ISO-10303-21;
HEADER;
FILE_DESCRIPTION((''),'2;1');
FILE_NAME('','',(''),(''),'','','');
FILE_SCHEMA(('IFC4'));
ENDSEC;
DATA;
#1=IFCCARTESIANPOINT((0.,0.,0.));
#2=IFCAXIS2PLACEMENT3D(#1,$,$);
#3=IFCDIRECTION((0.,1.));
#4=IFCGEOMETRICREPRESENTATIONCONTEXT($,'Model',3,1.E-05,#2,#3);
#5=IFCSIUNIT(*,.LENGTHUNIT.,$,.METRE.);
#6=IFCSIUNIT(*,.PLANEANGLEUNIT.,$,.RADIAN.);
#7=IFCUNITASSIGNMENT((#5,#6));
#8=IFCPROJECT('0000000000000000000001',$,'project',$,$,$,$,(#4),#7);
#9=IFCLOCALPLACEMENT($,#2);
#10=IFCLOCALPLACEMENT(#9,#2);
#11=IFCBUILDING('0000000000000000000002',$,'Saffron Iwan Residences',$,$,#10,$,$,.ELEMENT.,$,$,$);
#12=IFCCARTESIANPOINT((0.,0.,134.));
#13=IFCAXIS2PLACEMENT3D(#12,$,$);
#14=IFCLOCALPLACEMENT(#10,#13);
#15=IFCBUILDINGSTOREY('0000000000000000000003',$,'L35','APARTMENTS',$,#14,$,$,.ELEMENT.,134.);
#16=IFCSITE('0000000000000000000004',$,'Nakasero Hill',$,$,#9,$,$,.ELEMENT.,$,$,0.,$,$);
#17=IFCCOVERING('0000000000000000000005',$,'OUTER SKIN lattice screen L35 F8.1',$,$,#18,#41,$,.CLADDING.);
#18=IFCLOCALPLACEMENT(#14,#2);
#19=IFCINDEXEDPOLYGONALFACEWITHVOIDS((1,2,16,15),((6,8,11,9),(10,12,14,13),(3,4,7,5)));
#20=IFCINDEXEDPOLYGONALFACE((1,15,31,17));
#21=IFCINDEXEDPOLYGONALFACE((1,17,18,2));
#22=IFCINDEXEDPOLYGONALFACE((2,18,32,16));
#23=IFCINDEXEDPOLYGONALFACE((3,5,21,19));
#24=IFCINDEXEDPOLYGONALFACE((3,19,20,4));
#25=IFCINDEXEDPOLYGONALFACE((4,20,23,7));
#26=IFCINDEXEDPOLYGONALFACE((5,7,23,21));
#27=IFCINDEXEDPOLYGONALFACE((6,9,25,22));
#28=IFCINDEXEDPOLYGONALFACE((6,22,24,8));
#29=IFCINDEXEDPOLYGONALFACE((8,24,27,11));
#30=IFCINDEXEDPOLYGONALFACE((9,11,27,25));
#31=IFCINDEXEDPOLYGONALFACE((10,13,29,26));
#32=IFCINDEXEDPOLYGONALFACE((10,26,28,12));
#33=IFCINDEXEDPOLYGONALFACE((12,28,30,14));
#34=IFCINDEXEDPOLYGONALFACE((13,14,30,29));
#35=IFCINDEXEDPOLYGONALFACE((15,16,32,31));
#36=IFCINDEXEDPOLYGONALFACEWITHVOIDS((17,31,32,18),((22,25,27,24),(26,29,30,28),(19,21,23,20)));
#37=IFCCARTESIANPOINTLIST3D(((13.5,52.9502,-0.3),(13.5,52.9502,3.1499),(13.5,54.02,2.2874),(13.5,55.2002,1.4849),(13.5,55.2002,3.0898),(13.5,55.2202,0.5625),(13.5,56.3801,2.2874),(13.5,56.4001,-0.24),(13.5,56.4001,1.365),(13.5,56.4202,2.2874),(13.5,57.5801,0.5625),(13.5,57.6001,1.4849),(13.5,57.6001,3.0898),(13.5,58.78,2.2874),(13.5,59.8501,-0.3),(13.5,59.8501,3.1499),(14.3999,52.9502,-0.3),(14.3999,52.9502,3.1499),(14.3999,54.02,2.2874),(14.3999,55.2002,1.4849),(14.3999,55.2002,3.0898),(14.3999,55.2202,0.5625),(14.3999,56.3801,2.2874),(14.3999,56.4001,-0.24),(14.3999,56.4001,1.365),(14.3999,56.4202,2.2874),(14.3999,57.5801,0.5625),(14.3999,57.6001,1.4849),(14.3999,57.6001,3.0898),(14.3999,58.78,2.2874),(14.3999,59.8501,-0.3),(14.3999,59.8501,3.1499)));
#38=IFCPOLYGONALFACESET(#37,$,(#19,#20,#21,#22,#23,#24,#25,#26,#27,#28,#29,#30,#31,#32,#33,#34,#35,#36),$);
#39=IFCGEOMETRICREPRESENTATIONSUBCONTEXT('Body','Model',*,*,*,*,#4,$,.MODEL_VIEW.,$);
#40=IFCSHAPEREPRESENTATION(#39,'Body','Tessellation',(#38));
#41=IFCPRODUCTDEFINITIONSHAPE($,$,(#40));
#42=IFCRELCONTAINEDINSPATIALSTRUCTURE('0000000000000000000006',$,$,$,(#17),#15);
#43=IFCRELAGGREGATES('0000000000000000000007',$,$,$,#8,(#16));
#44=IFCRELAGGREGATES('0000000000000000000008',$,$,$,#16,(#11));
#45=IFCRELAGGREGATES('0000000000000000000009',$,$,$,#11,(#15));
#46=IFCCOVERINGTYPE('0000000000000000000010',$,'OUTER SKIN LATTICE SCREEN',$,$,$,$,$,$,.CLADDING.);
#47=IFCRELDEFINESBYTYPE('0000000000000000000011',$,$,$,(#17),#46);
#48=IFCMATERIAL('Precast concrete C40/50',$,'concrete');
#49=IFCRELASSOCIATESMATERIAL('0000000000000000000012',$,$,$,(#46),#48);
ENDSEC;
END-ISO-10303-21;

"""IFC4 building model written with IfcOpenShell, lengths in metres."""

from ifc_helpers import new_model, si_unit, direction, frame, origin, place, context, subcontext, project, spatial, polyline, outline, extrude, material, type_object, element, save


model = new_model("IFC4")

# Units and contexts
model_context = context("Model", 3, precision=1e-05, world=origin(), true_north=direction((0.0, 1.0)))
body_context = subcontext(model_context, "Body", "Model", "MODEL_VIEW")
ifc_project = project(units=[si_unit("LENGTHUNIT", "METRE"), si_unit("PLANEANGLEUNIT", "RADIAN")], contexts=[model_context])

# Site, building, storey
site_placement = place(None, origin())
site = spatial("IfcSite", under=ifc_project, at=site_placement, Name="Nakasero Hill", CompositionType="ELEMENT", RefElevation=0.0)
building_placement = place(site_placement, origin())
building = spatial("IfcBuilding", under=site, at=building_placement, Name="Saffron Iwan Residences", CompositionType="ELEMENT")
storey_placement = place(building_placement, frame((0.0, 0.0, 134.0)))
storey = spatial("IfcBuildingStorey", under=building, at=storey_placement, Name="L35", Description="APARTMENTS", CompositionType="ELEMENT", Elevation=134.0)

# Covering
ifc_material_1 = material(Name="Precast concrete C40/50", Category="concrete")
covering_type = type_object("IfcCoveringType", Name="OUTER SKIN LATTICE SCREEN", PredefinedType="CLADDING", material=ifc_material_1)
covering_placement = place(storey_placement, frame((14.3999, 59.8501, -0.3), z_axis=(-1.0, 0.0, 0.0), x_axis=(0.0, -1.0, 0.0)))
element("IfcCovering", 1, at=covering_placement, inside=storey, type_object=covering_type, Name="OUTER SKIN lattice screen L35 F8.1", PredefinedType="CLADDING", context=body_context, shape_type="SweptSolid", body=[
    extrude(outline(polyline([(0.0, 0.0), (6.8999, 0.0), (6.8999, 3.45), (0.0, 3.45), (0.0, 0.0)]), holes=[polyline([(2.27, 0.8625), (3.45, 0.0601), (4.6299, 0.8625), (3.45, 1.665), (2.27, 0.8625)]), polyline([(1.0701, 2.5874), (2.25, 1.7849), (3.4299, 2.5874), (2.25, 3.3899), (1.0701, 2.5874)]), polyline([(3.47, 2.5874), (4.6499, 1.7849), (5.8301, 2.5874), (4.6499, 3.3899), (3.47, 2.5874)])]), origin(), (0.0, 0.0, 1.0), 0.8999),
])

save(model, "model.ifc")
